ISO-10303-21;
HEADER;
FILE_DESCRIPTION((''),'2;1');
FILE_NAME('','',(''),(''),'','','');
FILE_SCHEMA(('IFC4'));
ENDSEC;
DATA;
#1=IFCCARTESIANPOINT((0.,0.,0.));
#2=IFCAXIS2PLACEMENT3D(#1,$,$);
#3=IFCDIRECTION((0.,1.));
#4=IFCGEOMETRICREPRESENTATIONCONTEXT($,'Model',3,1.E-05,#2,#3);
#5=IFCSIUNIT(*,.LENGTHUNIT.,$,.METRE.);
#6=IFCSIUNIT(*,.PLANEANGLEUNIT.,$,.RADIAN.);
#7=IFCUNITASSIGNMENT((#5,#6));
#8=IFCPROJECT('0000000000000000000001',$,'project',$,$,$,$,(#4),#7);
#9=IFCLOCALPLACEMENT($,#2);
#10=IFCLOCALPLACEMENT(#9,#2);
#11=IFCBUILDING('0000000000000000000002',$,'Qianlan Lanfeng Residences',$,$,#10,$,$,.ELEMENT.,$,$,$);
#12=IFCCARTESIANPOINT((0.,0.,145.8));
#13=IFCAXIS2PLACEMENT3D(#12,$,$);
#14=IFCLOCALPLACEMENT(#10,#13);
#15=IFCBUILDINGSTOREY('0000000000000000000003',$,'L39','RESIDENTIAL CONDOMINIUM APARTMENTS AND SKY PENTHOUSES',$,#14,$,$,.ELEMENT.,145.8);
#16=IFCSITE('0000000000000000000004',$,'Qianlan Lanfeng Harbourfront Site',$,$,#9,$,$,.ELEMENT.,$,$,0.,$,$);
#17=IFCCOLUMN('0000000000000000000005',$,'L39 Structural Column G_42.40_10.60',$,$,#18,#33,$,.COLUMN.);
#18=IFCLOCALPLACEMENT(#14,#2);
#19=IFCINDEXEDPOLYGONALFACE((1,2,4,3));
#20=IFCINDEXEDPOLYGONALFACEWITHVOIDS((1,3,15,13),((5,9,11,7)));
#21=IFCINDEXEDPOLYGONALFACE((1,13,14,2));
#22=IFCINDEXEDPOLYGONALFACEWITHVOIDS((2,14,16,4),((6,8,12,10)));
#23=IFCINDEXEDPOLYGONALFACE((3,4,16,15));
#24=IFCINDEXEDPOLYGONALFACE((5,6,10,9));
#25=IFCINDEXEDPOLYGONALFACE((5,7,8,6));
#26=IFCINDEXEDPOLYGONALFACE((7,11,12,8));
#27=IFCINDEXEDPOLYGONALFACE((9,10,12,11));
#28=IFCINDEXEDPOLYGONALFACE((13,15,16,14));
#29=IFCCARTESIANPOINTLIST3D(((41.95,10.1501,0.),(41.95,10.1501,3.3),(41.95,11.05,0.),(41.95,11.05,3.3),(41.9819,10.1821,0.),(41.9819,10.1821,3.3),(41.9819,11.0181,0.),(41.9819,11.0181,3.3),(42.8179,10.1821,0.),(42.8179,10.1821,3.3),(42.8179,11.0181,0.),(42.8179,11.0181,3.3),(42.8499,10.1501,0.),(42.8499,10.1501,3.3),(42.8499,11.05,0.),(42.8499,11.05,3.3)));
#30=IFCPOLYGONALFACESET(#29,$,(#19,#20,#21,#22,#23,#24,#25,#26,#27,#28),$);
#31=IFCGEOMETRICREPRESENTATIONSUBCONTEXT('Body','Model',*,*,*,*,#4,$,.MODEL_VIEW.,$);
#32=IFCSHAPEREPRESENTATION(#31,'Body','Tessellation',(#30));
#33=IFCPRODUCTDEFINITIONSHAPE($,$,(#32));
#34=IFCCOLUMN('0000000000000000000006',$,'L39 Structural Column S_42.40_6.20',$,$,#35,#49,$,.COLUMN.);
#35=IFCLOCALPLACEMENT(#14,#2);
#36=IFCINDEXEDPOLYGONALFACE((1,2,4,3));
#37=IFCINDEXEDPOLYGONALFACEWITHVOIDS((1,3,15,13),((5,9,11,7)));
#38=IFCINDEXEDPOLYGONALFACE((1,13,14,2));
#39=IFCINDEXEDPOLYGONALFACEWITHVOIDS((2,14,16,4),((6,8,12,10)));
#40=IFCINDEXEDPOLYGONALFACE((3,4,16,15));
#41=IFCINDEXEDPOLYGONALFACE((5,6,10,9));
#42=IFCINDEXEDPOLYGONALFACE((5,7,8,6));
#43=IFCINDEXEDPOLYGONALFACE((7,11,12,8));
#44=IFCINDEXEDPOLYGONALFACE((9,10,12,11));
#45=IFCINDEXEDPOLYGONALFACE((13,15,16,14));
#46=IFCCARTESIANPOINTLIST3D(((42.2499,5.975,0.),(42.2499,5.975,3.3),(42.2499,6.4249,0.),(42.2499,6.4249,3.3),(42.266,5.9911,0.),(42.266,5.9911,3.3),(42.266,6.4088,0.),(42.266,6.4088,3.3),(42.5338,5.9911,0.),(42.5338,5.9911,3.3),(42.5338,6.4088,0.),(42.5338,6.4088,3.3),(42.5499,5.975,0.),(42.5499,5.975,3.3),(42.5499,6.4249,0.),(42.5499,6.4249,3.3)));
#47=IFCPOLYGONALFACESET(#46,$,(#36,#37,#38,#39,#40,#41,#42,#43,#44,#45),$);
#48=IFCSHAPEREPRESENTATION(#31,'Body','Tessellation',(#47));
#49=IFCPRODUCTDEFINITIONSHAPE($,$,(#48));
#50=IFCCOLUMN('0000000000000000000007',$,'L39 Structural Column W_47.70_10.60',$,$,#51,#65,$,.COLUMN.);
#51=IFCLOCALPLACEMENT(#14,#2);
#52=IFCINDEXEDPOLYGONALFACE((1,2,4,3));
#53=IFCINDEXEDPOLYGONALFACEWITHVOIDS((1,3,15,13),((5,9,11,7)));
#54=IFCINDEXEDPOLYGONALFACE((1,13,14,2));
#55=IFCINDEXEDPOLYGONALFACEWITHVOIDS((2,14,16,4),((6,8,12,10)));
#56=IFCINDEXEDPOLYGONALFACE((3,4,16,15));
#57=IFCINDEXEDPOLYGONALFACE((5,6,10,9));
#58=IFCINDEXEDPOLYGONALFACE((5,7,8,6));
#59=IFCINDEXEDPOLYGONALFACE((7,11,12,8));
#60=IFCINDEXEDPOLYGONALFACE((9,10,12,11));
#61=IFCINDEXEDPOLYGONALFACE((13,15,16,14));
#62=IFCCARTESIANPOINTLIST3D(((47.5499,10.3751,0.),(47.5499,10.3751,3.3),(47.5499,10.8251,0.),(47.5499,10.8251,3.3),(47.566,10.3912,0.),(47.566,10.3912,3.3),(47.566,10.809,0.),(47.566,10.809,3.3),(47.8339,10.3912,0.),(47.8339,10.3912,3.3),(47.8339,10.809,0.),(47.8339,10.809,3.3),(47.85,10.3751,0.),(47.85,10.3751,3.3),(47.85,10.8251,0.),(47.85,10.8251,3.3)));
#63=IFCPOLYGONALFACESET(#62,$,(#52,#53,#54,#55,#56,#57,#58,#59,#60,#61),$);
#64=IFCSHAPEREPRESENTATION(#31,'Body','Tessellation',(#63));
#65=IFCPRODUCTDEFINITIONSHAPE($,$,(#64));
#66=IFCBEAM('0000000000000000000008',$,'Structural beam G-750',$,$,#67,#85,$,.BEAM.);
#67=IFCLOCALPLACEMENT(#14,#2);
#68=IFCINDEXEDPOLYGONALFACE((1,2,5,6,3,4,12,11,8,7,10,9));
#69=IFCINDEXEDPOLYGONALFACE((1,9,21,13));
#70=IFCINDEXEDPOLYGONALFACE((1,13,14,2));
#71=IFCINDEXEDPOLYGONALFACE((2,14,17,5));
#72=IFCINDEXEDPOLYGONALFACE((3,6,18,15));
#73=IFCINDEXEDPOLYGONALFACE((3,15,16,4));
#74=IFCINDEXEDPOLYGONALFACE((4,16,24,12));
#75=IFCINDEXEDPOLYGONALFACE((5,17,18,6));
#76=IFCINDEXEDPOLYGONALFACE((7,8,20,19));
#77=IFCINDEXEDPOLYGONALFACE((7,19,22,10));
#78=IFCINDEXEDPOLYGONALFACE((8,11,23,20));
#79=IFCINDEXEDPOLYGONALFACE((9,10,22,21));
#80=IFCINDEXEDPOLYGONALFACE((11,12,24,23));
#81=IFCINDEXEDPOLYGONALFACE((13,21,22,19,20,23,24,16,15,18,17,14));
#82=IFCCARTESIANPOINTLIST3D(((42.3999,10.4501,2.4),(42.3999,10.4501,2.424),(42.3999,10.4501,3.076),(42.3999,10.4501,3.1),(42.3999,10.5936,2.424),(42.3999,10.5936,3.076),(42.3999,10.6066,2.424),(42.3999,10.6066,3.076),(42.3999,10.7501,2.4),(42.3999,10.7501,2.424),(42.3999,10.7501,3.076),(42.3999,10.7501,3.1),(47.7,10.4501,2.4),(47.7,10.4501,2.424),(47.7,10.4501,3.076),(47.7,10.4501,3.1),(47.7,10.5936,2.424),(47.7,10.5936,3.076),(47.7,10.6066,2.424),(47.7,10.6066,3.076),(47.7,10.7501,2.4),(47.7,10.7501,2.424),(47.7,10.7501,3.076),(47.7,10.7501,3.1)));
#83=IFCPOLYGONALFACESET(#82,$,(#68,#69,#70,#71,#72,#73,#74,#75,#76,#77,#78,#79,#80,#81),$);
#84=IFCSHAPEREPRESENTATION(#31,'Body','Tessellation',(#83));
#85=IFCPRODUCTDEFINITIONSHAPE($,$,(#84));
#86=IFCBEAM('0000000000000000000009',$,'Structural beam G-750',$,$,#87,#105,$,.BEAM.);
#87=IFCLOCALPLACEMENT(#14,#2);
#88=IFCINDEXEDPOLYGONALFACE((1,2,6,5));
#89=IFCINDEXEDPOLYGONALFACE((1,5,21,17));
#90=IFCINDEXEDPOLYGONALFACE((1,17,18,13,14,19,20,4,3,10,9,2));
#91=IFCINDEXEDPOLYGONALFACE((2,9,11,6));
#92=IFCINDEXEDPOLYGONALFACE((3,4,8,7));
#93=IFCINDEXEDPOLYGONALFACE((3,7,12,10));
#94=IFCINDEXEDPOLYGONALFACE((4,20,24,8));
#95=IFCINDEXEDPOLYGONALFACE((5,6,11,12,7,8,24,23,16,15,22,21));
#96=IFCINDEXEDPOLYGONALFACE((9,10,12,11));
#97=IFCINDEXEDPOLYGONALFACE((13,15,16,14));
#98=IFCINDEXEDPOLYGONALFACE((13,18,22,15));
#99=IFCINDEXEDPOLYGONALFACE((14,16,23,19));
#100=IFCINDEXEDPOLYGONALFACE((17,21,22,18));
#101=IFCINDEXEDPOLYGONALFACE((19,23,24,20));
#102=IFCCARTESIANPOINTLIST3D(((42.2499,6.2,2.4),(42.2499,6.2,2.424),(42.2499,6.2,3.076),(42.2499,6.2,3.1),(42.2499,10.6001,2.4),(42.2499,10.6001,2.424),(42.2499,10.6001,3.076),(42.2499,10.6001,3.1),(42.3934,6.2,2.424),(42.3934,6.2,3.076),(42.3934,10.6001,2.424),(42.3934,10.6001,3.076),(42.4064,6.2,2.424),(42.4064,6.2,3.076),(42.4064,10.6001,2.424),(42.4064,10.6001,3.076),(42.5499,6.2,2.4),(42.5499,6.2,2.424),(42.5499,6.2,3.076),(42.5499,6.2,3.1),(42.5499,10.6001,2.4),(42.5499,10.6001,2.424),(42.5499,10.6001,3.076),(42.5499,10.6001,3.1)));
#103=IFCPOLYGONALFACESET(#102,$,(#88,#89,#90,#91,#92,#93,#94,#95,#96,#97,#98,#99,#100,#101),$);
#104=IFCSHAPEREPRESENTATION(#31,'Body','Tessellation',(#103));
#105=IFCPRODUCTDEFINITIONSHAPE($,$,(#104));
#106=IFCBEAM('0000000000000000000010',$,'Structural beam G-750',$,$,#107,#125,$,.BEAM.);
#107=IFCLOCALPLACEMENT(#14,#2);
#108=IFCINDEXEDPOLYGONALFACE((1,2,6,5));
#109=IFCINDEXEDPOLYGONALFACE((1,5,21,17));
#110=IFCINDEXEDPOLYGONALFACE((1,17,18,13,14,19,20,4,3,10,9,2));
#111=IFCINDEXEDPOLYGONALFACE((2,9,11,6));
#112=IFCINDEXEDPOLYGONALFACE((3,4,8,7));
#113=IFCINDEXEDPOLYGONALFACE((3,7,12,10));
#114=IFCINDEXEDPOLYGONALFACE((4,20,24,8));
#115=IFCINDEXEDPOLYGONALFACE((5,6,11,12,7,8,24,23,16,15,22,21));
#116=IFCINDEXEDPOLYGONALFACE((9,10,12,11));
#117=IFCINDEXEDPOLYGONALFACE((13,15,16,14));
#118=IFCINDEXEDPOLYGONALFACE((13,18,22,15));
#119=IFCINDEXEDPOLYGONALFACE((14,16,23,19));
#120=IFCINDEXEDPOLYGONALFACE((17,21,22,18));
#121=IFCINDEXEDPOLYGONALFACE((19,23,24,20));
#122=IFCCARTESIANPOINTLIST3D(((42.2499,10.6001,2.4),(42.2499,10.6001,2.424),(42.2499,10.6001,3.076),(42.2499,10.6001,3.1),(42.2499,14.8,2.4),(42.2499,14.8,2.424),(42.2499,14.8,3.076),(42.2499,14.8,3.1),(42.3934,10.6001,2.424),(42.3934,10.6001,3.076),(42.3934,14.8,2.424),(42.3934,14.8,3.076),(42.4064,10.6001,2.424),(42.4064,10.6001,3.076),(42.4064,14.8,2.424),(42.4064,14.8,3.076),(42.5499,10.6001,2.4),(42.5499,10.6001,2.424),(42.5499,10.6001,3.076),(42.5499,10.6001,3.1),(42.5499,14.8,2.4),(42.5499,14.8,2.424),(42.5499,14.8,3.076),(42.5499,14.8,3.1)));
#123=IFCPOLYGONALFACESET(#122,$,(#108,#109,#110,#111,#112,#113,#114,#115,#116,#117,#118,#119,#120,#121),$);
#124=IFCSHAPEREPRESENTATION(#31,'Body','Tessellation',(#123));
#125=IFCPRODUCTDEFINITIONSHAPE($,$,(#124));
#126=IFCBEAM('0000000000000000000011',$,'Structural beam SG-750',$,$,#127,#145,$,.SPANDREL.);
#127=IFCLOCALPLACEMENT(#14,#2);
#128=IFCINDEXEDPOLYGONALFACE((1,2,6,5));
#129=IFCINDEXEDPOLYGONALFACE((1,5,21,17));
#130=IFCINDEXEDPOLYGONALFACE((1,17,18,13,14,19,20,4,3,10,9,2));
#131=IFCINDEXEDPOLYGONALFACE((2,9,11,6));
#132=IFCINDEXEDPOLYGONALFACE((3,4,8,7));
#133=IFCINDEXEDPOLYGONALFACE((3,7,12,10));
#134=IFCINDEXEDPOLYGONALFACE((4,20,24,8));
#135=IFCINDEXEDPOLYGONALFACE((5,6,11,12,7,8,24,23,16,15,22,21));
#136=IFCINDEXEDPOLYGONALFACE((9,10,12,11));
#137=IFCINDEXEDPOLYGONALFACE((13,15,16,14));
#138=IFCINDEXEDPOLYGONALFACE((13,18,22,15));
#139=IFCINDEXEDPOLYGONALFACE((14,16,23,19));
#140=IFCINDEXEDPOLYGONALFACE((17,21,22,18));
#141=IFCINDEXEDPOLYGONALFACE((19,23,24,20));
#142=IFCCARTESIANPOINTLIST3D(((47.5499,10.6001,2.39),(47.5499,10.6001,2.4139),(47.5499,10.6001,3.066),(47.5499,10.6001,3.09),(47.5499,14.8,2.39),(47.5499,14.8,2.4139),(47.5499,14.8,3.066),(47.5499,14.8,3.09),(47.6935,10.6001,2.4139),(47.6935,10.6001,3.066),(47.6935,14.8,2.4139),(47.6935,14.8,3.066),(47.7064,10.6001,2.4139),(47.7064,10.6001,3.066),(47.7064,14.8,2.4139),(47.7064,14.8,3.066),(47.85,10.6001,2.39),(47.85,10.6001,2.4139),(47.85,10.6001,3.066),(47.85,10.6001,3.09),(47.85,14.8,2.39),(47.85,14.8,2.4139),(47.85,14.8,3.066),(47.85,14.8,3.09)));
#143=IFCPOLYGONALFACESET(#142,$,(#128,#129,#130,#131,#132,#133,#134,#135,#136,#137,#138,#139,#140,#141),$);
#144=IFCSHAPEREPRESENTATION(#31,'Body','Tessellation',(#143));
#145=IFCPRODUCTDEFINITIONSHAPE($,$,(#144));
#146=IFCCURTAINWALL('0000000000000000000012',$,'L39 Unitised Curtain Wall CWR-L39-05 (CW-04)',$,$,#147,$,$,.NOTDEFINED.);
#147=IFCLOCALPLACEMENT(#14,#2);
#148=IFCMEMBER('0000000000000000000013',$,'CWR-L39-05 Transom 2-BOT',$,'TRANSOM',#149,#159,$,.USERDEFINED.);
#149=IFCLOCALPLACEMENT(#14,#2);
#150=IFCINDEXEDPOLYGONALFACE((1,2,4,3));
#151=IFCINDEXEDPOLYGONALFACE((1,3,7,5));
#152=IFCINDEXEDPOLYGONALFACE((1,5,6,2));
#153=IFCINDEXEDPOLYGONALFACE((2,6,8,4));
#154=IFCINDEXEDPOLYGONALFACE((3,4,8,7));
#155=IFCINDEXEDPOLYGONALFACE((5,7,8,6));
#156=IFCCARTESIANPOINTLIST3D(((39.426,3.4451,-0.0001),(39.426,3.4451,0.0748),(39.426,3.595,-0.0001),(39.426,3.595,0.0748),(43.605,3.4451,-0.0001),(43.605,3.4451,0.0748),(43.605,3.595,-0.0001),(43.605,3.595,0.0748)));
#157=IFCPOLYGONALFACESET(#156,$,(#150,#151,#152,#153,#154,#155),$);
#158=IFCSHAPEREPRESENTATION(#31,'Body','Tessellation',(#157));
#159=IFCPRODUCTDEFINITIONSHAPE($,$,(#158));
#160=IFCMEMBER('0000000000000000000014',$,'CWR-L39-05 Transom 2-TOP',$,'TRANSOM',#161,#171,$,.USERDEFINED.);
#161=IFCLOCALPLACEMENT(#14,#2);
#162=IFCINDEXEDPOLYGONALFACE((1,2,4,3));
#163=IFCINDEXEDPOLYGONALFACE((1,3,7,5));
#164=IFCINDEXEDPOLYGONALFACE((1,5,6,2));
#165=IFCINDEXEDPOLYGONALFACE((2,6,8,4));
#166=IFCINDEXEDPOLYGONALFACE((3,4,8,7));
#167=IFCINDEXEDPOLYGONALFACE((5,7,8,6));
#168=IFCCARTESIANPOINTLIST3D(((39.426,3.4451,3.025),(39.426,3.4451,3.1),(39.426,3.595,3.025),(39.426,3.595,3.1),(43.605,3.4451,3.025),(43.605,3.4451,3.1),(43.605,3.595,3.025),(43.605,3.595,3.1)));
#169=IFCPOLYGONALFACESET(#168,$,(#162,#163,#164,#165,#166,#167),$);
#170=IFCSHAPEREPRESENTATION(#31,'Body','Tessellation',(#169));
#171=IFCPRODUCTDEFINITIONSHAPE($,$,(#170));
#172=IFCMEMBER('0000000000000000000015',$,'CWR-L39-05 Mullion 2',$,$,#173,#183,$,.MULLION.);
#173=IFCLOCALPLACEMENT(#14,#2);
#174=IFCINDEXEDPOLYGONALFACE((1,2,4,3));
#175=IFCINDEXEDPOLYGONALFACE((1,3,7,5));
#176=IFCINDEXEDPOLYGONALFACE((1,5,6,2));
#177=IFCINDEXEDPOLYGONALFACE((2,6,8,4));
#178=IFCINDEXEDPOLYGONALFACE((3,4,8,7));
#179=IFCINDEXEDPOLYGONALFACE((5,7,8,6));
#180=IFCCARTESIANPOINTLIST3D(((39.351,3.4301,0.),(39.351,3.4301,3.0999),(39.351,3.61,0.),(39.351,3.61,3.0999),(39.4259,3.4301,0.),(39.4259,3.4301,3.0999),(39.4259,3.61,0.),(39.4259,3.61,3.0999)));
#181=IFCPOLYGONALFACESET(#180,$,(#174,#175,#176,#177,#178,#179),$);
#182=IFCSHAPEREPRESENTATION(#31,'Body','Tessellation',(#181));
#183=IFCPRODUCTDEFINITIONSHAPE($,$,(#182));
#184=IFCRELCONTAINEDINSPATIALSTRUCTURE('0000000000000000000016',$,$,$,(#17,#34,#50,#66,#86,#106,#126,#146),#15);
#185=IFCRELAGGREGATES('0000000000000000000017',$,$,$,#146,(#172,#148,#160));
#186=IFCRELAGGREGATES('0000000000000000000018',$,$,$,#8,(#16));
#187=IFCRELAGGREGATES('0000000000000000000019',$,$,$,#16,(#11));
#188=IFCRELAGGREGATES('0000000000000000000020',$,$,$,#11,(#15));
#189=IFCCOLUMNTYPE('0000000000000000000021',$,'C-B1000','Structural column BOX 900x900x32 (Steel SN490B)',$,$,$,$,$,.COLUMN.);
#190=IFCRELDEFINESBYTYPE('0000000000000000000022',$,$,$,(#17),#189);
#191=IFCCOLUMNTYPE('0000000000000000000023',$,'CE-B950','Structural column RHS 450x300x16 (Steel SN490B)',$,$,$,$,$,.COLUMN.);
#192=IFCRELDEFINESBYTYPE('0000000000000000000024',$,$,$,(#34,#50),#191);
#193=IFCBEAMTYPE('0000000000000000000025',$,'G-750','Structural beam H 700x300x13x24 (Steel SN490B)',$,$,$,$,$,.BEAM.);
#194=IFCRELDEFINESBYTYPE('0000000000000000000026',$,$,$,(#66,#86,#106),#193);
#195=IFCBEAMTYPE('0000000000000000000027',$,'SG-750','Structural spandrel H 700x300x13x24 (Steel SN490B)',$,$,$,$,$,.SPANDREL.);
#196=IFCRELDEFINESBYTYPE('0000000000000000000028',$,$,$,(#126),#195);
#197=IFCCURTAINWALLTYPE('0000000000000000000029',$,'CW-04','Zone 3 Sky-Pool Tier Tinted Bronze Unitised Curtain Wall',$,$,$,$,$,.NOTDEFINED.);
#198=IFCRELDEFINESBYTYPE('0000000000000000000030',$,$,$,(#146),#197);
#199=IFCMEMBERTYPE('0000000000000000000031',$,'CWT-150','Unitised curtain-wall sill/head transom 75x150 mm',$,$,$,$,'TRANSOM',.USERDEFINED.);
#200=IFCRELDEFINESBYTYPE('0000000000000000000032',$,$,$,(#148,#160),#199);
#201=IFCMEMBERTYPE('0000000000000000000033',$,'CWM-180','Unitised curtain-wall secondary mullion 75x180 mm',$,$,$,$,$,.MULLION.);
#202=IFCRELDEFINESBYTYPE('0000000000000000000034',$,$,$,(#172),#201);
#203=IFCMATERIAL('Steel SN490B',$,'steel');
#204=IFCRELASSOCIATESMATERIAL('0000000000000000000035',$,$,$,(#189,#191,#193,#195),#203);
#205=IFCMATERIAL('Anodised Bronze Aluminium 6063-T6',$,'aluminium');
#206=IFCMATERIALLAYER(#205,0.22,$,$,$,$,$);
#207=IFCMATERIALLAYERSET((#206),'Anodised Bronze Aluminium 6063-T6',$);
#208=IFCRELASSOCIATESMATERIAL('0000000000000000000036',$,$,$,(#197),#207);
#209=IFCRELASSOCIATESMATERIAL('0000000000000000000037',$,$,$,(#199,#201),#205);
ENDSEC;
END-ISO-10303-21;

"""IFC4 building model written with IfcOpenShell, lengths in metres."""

from ifc_helpers import new_model, si_unit, direction, frame, origin, origin_2d, place, context, subcontext, project, spatial, rectangle, hollow_rectangle, i_section, extrude, source, transform, mapped, material, layer, layer_set, material_profile, profile_set, type_object, element, aggregate, save


model = new_model("IFC4")

# Units and contexts
model_context = context("Model", 3, precision=1e-05, world=origin(), true_north=direction((0.0, 1.0)))
body_context = subcontext(model_context, "Body", "Model", "MODEL_VIEW")
ifc_project = project(units=[si_unit("LENGTHUNIT", "METRE"), si_unit("PLANEANGLEUNIT", "RADIAN")], contexts=[model_context])

# Site, building, storey
site_placement = place(None, origin())
site = spatial("IfcSite", under=ifc_project, at=site_placement, Name="Qianlan Lanfeng Harbourfront Site", CompositionType="ELEMENT", RefElevation=0.0)
building_placement = place(site_placement, origin())
building = spatial("IfcBuilding", under=site, at=building_placement, Name="Qianlan Lanfeng Residences", CompositionType="ELEMENT")
storey_placement = place(building_placement, frame((0.0, 0.0, 145.8)))
storey = spatial("IfcBuildingStorey", under=building, at=storey_placement, Name="L39", Description="RESIDENTIAL CONDOMINIUM APARTMENTS AND SKY PENTHOUSES", CompositionType="ELEMENT", Elevation=145.8)

# Columns
ifc_material_1 = material(Name="Steel SN490B", Category="steel")
ifc_material_profile_1 = material_profile(ifc_material_1, hollow_rectangle(XDim=0.8999, YDim=0.8999, WallThickness=0.032, at=origin_2d()), Name="BOX 900x900x32")
ifc_profile_set_1 = profile_set([ifc_material_profile_1], Name="Steel SN490B")
column_type_1 = type_object("IfcColumnType", Name="C-B1000", Description="Structural column BOX 900x900x32 (Steel SN490B)", PredefinedType="COLUMN", material=ifc_profile_set_1)
column_placement = place(storey_placement, frame((42.3999, 10.6001, 0.0), z_axis=(0.0, 0.0, 1.0), x_axis=(1.0, 0.0, 0.0)))
element("IfcColumn", 1, at=column_placement, inside=storey, type_object=column_type_1, Name="L39 Structural Column G_42.40_10.60", PredefinedType="COLUMN", context=body_context, shape_type="SweptSolid", body=[
    extrude(hollow_rectangle(XDim=0.8999, YDim=0.8999, WallThickness=0.032, at=origin_2d()), origin(), (0.0, 0.0, 1.0), 3.3),
])
ifc_material_profile_2 = material_profile(ifc_material_1, hollow_rectangle(XDim=0.3, YDim=0.45, WallThickness=0.0161, at=origin_2d()), Name="RHS 450x300x16")
ifc_profile_set_2 = profile_set([ifc_material_profile_2], Name="Steel SN490B")
column_type_2 = type_object("IfcColumnType", Name="CE-B950", Description="Structural column RHS 450x300x16 (Steel SN490B)", PredefinedType="COLUMN", material=ifc_profile_set_2)
for number, where, z_axis, x_axis, name in (
    (2, (42.3999, 6.2, 0.0), (0.0, 0.0, 1.0), (1.0, 0.0, 0.0), "L39 Structural Column S_42.40_6.20"),
    (3, (47.7, 10.6001, 0.0), (0.0, 0.0, 1.0), (1.0, 0.0, 0.0), "L39 Structural Column W_47.70_10.60"),
):
    element("IfcColumn", number, at=place(storey_placement, frame(where, z_axis=z_axis, x_axis=x_axis)), inside=storey, type_object=column_type_2, Name=name, PredefinedType="COLUMN", context=body_context, shape_type="SweptSolid", body=[
        extrude(hollow_rectangle(XDim=0.3, YDim=0.45, WallThickness=0.0161, at=origin_2d()), origin(), (0.0, 0.0, 1.0), 3.3),
    ])

# Beams
ifc_material_profile_3 = material_profile(ifc_material_1, i_section(OverallWidth=0.3, OverallDepth=0.7, WebThickness=0.0129, FlangeThickness=0.0239, at=origin_2d()), Name="H 700x300x13x24")
ifc_profile_set_3 = profile_set([ifc_material_profile_3], Name="Steel SN490B")
beam_type_1 = type_object("IfcBeamType", Name="G-750", Description="Structural beam H 700x300x13x24 (Steel SN490B)", PredefinedType="BEAM", material=ifc_profile_set_3)
beam_1_placement = place(storey_placement, frame((42.3999, 10.6001, 2.75), z_axis=(1.0, 0.0, 0.0), x_axis=(0.0, 1.0, 0.0)))
element("IfcBeam", 4, at=beam_1_placement, inside=storey, type_object=beam_type_1, Name="Structural beam G-750", PredefinedType="BEAM", context=body_context, shape_type="SweptSolid", body=[
    extrude(i_section(OverallWidth=0.3, OverallDepth=0.7, WebThickness=0.0129, FlangeThickness=0.0239, at=origin_2d()), origin(), (0.0, 0.0, 1.0), 5.3),
])
beam_2_placement = place(storey_placement, frame((42.3999, 6.2, 2.75), z_axis=(0.0, 1.0, 0.0), x_axis=(-1.0, 0.0, 0.0)))
element("IfcBeam", 5, at=beam_2_placement, inside=storey, type_object=beam_type_1, Name="Structural beam G-750", PredefinedType="BEAM", context=body_context, shape_type="SweptSolid", body=[
    extrude(i_section(OverallWidth=0.3, OverallDepth=0.7, WebThickness=0.0129, FlangeThickness=0.0239, at=origin_2d()), origin(), (0.0, 0.0, 1.0), 4.4001),
])
beam_3_placement = place(storey_placement, frame((42.3999, 10.6001, 2.75), z_axis=(0.0, 1.0, 0.0), x_axis=(-1.0, 0.0, 0.0)))
element("IfcBeam", 6, at=beam_3_placement, inside=storey, type_object=beam_type_1, Name="Structural beam G-750", PredefinedType="BEAM", context=body_context, shape_type="SweptSolid", body=[
    extrude(i_section(OverallWidth=0.3, OverallDepth=0.7, WebThickness=0.0129, FlangeThickness=0.0239, at=origin_2d()), origin(), (0.0, 0.0, 1.0), 4.2),
])
ifc_material_profile_4 = material_profile(ifc_material_1, i_section(OverallWidth=0.3, OverallDepth=0.7, WebThickness=0.0129, FlangeThickness=0.0239, at=origin_2d()), Name="H 700x300x13x24")
ifc_profile_set_4 = profile_set([ifc_material_profile_4], Name="Steel SN490B")
beam_type_2 = type_object("IfcBeamType", Name="SG-750", Description="Structural spandrel H 700x300x13x24 (Steel SN490B)", PredefinedType="SPANDREL", material=ifc_profile_set_4)
beam_4_placement = place(storey_placement, frame((47.7, 10.6001, 2.74), z_axis=(0.0, 1.0, 0.0), x_axis=(-1.0, 0.0, 0.0)))
element("IfcBeam", 7, at=beam_4_placement, inside=storey, type_object=beam_type_2, Name="Structural beam SG-750", PredefinedType="SPANDREL", context=body_context, shape_type="SweptSolid", body=[
    extrude(i_section(OverallWidth=0.3, OverallDepth=0.7, WebThickness=0.0129, FlangeThickness=0.0239, at=origin_2d()), origin(), (0.0, 0.0, 1.0), 4.2),
])

# Curtain wall, members
ifc_material_2 = material(Name="Anodised Bronze Aluminium 6063-T6", Category="aluminium")
ifc_layer_1 = layer(ifc_material_2, 0.22)
ifc_layer_set_1 = layer_set([ifc_layer_1], Name="Anodised Bronze Aluminium 6063-T6")
curtain_wall_type = type_object("IfcCurtainWallType", Name="CW-04", Description="Zone 3 Sky-Pool Tier Tinted Bronze Unitised Curtain Wall", PredefinedType="NOTDEFINED", material=ifc_layer_set_1)
curtain_wall_placement = place(storey_placement, origin())
curtain_wall = element("IfcCurtainWall", 8, at=curtain_wall_placement, inside=storey, type_object=curtain_wall_type, Name="L39 Unitised Curtain Wall CWR-L39-05 (CW-04)", PredefinedType="NOTDEFINED")
ifc_material_profile_5 = material_profile(ifc_material_2, rectangle(XDim=0.075, YDim=0.1499, at=origin_2d()), Name="ALU TRANSOM 75x150")
ifc_profile_set_5 = profile_set([ifc_material_profile_5], Name="Anodised Bronze Aluminium 6063-T6")
member_type_1 = type_object("IfcMemberType", Name="CWT-150", Description="Unitised curtain-wall sill/head transom 75x150 mm", ElementType="TRANSOM", PredefinedType="USERDEFINED", material=ifc_profile_set_5)
shared_shape_1 = source(origin(), body_context, "Body", "SweptSolid", [
    extrude(rectangle(XDim=0.075, YDim=0.1499, at=origin_2d()), origin(), (0.0, 0.0, 1.0), 4.179),
])
member_1_placement = place(storey_placement, frame((39.426, 3.52, 0.0374), z_axis=(1.0, 0.0, 0.0), x_axis=(0.0, 0.0, 1.0)))
member_1 = element("IfcMember", 9, at=member_1_placement, type_object=member_type_1, Name="CWR-L39-05 Transom 2-BOT", ObjectType="TRANSOM", PredefinedType="USERDEFINED", context=body_context, shape_type="MappedRepresentation", body=[
    mapped(shared_shape_1, transform((0.0, 0.0, 0.0), scale=1.0)),
])
member_2_placement = place(storey_placement, frame((39.426, 3.52, 3.0625), z_axis=(1.0, 0.0, 0.0), x_axis=(0.0, 0.0, 1.0)))
member_2 = element("IfcMember", 10, at=member_2_placement, type_object=member_type_1, Name="CWR-L39-05 Transom 2-TOP", ObjectType="TRANSOM", PredefinedType="USERDEFINED", context=body_context, shape_type="MappedRepresentation", body=[
    mapped(shared_shape_1, transform((0.0, 0.0, 0.0), scale=1.0)),
])
ifc_material_profile_6 = material_profile(ifc_material_2, rectangle(XDim=0.075, YDim=0.1799, at=origin_2d()), Name="ALU MULLION 75x180")
ifc_profile_set_6 = profile_set([ifc_material_profile_6], Name="Anodised Bronze Aluminium 6063-T6")
member_type_2 = type_object("IfcMemberType", Name="CWM-180", Description="Unitised curtain-wall secondary mullion 75x180 mm", PredefinedType="MULLION", material=ifc_profile_set_6)
shared_shape_2 = source(origin(), body_context, "Body", "SweptSolid", [
    extrude(rectangle(XDim=0.075, YDim=0.1799, at=origin_2d()), origin(), (0.0, 0.0, 1.0), 3.0999),
])
member_3_placement = place(storey_placement, frame((39.3884, 3.52, 0.0), z_axis=(0.0, 0.0, 1.0), x_axis=(1.0, 0.0, 0.0)))
member_3 = element("IfcMember", 11, at=member_3_placement, type_object=member_type_2, Name="CWR-L39-05 Mullion 2", PredefinedType="MULLION", context=body_context, shape_type="MappedRepresentation", body=[
    mapped(shared_shape_2, transform((0.0, 0.0, 0.0), scale=1.0)),
])
aggregate(curtain_wall, [member_3, member_1, member_2])

save(model, "model.ifc")
